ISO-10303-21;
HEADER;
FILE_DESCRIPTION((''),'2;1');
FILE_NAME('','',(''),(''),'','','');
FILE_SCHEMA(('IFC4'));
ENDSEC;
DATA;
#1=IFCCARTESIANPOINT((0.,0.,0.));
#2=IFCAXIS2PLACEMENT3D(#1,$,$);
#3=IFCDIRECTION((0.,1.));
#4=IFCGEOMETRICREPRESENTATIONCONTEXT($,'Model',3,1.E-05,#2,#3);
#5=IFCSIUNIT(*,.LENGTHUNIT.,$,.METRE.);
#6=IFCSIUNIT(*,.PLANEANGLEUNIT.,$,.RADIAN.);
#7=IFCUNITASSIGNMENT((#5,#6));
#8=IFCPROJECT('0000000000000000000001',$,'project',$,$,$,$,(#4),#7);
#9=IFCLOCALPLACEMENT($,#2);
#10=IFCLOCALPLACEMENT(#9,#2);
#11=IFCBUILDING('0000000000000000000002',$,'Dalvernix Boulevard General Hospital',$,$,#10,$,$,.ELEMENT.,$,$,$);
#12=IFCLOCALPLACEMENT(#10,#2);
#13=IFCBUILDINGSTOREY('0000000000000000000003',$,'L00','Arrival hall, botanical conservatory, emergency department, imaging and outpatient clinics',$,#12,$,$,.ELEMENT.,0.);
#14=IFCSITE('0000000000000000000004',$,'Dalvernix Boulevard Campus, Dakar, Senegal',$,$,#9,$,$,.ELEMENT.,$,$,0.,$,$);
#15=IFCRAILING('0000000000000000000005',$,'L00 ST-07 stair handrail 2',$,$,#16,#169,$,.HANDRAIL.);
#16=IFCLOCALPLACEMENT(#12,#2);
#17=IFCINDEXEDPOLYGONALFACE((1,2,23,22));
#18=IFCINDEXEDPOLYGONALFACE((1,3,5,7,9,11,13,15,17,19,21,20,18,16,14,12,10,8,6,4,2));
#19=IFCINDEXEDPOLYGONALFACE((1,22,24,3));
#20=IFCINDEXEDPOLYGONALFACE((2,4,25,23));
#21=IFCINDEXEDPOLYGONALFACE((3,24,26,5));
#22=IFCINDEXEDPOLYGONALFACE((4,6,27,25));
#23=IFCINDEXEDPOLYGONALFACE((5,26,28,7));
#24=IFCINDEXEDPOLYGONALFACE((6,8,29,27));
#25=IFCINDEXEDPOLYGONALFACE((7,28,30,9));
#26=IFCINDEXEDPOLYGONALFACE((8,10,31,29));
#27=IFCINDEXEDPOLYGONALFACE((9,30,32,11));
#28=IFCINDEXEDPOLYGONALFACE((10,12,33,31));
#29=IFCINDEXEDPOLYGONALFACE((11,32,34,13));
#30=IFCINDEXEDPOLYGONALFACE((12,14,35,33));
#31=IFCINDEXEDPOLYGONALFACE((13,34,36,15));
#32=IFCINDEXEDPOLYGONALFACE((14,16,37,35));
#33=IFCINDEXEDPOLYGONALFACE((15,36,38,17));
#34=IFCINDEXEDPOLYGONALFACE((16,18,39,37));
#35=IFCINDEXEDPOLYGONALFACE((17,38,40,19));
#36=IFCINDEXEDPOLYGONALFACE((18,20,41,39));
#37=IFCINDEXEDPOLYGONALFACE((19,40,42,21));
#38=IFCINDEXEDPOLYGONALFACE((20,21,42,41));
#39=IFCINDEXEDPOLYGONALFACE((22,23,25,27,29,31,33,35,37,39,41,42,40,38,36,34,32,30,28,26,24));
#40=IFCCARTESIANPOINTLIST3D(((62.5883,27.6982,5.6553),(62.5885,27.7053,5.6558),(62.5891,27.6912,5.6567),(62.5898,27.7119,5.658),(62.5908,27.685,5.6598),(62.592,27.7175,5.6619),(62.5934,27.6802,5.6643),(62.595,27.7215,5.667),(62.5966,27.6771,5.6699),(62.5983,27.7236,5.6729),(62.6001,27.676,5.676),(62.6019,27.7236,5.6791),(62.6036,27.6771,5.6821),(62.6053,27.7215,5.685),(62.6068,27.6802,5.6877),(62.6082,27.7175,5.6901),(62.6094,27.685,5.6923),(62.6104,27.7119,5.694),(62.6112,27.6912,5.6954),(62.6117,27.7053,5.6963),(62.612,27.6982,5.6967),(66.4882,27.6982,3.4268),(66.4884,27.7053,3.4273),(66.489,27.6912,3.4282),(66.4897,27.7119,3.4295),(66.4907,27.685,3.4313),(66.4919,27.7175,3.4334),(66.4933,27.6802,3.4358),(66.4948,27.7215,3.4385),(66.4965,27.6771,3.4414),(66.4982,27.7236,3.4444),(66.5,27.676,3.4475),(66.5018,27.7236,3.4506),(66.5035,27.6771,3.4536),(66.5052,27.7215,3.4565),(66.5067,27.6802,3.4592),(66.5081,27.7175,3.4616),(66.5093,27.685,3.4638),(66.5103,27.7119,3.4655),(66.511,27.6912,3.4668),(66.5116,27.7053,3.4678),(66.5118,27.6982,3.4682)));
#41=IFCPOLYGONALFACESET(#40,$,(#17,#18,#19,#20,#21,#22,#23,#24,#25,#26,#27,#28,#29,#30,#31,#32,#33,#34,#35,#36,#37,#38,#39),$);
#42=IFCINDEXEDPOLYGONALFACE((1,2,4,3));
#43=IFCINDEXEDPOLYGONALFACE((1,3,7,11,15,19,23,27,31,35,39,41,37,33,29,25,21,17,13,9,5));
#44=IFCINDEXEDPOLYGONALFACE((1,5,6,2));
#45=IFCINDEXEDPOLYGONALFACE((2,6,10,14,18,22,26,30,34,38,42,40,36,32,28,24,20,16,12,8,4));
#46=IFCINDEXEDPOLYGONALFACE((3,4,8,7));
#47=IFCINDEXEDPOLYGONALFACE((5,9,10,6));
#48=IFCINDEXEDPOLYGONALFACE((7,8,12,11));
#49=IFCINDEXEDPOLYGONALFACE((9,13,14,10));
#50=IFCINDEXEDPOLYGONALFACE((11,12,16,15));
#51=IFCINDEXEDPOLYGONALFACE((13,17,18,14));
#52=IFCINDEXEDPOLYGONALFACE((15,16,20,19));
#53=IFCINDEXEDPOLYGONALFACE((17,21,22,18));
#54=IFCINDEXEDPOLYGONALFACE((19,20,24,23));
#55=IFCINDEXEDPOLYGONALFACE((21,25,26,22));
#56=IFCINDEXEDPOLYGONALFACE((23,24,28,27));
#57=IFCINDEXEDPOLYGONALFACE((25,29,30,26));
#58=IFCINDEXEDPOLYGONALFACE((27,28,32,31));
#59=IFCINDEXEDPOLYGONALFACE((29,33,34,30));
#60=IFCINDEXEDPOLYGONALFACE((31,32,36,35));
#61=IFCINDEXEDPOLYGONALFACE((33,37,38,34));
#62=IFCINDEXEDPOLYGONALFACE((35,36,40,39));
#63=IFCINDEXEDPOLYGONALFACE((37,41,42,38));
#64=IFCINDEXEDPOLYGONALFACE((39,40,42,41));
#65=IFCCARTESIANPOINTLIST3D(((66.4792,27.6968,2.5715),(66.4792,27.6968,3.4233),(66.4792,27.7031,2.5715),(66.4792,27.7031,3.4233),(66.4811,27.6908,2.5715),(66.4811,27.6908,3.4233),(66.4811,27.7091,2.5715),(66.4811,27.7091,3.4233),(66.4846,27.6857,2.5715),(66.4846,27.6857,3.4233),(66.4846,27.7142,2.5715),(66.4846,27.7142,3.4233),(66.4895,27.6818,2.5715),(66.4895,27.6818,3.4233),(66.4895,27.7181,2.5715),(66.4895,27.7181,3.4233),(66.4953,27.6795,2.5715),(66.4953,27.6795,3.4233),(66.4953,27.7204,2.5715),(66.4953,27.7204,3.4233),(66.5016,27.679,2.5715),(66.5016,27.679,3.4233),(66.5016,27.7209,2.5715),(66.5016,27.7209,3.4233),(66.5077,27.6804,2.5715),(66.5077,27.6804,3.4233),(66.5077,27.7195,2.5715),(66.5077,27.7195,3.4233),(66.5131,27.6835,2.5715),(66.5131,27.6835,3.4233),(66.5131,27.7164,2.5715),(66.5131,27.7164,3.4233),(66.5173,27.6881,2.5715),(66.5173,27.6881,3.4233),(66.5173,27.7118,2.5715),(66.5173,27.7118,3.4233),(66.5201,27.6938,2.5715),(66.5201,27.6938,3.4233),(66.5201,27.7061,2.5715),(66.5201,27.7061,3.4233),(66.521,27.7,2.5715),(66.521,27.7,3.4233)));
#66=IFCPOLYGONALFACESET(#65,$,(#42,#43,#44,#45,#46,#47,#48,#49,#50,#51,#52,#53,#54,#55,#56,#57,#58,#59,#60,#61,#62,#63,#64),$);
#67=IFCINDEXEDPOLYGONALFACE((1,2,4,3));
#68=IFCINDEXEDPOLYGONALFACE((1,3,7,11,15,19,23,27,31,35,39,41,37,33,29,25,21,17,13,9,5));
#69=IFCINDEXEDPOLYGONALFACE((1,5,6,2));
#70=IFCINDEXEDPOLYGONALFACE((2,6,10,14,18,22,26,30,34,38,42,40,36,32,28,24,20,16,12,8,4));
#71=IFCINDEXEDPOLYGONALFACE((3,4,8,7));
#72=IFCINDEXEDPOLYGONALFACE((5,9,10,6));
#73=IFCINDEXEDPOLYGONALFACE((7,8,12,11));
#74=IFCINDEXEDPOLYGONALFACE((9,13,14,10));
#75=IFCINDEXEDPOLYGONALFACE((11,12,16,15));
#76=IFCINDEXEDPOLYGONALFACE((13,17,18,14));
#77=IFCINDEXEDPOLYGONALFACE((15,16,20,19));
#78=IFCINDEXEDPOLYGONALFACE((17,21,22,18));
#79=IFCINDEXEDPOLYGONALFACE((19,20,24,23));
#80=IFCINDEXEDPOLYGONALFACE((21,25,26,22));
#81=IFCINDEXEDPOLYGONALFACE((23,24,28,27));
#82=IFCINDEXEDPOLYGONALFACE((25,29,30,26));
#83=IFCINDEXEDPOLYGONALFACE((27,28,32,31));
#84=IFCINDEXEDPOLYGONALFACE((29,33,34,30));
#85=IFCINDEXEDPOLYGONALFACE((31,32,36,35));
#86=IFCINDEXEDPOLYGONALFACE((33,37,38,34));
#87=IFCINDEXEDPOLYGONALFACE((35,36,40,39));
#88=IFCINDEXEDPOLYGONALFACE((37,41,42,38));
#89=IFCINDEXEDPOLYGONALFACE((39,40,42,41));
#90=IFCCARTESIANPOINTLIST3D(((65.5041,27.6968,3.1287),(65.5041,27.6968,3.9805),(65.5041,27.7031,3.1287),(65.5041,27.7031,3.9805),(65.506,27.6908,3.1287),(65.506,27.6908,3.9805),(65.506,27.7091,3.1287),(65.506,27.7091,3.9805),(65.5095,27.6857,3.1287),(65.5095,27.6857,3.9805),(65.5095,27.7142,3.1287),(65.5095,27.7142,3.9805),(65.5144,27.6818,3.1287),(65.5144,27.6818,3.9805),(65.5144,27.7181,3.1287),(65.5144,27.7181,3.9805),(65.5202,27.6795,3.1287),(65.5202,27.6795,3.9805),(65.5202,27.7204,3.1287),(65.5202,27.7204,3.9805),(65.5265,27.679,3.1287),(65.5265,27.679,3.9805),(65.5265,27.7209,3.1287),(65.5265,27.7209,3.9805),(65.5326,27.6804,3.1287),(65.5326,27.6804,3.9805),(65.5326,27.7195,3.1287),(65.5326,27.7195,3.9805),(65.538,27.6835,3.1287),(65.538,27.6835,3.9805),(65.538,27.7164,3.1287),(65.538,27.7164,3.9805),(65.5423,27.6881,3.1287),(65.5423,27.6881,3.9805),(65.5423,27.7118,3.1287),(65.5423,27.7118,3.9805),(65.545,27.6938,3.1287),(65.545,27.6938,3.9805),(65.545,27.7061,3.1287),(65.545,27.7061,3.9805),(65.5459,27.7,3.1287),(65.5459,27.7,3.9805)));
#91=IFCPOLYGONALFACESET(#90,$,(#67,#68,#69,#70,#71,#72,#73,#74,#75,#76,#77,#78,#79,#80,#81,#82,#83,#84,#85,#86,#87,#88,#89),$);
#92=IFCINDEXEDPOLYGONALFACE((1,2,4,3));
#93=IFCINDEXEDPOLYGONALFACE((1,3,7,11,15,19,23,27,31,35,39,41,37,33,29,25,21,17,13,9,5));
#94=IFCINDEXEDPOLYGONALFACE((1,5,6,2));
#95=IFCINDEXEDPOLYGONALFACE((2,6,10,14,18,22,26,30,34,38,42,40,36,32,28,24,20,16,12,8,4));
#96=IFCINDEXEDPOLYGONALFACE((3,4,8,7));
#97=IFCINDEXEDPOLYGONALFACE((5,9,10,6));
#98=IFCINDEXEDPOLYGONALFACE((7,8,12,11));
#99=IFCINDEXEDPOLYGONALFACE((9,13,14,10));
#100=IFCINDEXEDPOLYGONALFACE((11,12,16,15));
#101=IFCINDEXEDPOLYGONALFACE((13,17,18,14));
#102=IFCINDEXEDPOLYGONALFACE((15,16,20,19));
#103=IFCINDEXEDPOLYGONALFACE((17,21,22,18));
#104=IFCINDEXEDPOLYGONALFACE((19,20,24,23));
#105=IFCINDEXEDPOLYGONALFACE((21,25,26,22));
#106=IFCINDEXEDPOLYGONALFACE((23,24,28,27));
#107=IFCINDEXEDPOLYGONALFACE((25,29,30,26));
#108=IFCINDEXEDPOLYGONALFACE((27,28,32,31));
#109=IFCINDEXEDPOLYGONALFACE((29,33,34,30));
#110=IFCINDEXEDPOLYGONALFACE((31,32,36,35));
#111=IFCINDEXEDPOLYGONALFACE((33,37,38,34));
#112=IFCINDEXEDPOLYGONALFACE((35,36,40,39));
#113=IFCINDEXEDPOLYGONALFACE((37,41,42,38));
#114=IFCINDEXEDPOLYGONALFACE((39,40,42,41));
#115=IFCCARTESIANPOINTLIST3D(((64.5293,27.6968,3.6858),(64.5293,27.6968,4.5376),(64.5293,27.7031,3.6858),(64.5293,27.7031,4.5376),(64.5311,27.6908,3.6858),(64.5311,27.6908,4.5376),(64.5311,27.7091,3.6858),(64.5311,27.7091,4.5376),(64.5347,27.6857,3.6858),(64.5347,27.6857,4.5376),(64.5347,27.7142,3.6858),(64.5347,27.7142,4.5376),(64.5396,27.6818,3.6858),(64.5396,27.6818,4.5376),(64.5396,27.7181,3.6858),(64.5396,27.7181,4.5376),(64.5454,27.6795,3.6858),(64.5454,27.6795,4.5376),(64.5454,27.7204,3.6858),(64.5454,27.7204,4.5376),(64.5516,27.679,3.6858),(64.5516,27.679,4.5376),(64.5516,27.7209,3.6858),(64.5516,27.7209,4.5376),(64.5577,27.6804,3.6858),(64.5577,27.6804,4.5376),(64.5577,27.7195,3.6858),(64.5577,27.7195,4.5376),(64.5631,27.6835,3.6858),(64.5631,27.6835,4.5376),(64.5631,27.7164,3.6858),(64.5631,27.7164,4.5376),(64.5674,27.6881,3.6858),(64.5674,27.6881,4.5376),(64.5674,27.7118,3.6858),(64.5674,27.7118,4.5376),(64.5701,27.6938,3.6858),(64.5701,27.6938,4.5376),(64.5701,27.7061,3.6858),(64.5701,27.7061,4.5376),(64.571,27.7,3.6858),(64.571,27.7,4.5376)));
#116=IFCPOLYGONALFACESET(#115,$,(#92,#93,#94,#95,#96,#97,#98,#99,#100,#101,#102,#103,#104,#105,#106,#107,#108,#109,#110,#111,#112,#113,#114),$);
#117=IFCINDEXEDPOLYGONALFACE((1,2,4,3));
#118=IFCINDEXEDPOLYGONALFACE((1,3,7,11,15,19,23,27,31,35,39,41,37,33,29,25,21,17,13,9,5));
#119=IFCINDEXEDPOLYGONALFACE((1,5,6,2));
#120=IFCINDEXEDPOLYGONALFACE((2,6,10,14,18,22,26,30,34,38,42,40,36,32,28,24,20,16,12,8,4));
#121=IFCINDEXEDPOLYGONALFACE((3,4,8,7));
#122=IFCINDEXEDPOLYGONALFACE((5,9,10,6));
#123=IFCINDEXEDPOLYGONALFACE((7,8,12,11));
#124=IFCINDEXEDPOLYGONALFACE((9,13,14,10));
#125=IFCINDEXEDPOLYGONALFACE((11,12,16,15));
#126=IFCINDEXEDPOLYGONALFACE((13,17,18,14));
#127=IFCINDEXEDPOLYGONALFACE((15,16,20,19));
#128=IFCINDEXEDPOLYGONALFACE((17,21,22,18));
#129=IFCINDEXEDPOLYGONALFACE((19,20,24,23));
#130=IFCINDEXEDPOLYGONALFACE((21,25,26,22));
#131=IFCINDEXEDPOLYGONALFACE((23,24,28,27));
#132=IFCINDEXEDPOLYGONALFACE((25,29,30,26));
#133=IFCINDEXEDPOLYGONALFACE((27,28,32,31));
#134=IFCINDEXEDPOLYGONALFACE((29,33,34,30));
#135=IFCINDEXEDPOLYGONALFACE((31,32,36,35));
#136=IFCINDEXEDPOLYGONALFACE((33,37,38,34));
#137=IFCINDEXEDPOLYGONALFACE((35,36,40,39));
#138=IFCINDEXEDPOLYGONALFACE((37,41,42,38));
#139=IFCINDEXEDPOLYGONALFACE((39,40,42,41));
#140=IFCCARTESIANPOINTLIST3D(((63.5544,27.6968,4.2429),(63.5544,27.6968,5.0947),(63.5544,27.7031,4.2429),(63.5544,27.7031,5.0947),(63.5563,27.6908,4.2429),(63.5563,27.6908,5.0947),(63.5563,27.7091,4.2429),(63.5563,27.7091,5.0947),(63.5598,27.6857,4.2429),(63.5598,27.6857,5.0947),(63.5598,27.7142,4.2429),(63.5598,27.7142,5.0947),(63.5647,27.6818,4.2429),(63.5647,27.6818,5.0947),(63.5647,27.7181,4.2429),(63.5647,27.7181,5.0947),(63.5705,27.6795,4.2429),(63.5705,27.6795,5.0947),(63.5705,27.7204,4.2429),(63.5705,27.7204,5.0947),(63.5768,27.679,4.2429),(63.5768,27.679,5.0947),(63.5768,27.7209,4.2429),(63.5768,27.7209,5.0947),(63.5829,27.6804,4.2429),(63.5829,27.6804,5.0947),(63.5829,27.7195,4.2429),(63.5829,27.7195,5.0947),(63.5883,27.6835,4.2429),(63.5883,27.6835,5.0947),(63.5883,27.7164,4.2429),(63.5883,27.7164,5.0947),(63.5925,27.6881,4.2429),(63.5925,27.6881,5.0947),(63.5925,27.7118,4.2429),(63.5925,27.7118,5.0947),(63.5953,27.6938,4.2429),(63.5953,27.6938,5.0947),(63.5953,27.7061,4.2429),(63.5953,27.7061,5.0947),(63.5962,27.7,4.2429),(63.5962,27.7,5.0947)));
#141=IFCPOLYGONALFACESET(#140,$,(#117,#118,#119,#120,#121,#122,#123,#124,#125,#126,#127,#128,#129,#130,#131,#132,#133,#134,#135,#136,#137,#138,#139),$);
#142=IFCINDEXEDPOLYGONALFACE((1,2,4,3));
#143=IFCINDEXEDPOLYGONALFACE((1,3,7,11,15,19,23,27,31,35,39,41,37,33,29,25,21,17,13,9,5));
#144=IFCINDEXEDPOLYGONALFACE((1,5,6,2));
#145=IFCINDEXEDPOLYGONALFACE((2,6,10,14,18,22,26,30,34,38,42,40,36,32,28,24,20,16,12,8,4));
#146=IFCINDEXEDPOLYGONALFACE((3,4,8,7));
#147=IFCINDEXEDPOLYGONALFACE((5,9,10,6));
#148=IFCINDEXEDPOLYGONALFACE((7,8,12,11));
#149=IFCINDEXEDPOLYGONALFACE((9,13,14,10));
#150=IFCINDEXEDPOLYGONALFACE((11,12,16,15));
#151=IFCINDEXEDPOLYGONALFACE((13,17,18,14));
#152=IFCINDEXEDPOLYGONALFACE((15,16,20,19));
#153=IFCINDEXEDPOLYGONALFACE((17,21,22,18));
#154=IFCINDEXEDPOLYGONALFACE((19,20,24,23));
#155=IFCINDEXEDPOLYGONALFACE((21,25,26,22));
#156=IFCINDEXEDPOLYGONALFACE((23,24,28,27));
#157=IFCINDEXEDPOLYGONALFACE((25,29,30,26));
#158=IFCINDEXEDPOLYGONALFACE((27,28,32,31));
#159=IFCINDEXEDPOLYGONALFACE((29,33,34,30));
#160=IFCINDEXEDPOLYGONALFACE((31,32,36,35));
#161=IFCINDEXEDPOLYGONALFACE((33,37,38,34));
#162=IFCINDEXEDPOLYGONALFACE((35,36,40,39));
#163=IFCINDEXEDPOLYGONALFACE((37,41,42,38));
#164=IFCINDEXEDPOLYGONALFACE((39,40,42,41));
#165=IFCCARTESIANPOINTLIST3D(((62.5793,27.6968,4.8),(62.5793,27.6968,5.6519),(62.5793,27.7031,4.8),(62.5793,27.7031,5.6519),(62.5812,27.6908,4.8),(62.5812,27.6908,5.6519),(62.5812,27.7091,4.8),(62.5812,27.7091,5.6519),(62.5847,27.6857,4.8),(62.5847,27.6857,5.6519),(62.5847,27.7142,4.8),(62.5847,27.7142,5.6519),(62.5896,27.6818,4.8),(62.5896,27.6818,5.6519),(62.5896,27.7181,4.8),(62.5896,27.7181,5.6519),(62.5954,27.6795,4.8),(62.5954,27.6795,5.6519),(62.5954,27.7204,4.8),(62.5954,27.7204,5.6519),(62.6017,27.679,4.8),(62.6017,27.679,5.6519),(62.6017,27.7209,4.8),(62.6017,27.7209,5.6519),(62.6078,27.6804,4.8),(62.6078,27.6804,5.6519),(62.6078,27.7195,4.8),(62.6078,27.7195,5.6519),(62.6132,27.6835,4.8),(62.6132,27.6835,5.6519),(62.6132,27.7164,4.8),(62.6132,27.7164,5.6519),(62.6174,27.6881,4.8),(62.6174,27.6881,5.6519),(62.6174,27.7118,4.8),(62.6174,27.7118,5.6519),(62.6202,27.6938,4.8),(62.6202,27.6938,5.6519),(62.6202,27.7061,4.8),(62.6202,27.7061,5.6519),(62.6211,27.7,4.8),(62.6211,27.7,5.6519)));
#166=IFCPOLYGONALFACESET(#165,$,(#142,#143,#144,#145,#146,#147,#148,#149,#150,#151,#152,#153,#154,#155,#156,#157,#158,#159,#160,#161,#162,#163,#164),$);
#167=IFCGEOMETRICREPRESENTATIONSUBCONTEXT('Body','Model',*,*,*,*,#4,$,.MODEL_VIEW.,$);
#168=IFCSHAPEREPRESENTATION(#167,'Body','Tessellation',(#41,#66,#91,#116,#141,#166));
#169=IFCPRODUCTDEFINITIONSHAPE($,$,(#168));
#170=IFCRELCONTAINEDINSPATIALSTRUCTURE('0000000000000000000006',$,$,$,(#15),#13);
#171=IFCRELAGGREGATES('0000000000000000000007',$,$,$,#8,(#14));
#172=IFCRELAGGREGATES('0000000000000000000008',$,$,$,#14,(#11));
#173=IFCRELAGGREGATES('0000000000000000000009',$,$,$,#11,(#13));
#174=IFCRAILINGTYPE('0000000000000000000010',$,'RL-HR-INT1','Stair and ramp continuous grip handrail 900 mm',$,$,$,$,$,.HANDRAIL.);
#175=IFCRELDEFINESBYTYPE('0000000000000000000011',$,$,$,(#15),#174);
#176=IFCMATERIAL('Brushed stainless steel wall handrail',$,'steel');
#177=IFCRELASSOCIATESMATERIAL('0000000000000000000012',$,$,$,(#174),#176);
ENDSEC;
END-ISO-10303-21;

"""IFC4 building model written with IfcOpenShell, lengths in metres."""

from ifc_helpers import new_model, si_unit, direction, frame, origin, origin_2d, place, context, subcontext, project, spatial, circle, extrude, material, type_object, element, save


model = new_model("IFC4")

# Units and contexts
model_context = context("Model", 3, precision=1e-05, world=origin(), true_north=direction((0.0, 1.0)))
body_context = subcontext(model_context, "Body", "Model", "MODEL_VIEW")
ifc_project = project(units=[si_unit("LENGTHUNIT", "METRE"), si_unit("PLANEANGLEUNIT", "RADIAN")], contexts=[model_context])

# Site, building, storey
site_placement = place(None, origin())
site = spatial("IfcSite", under=ifc_project, at=site_placement, Name="Dalvernix Boulevard Campus, Dakar, Senegal", CompositionType="ELEMENT", RefElevation=0.0)
building_placement = place(site_placement, origin())
building = spatial("IfcBuilding", under=site, at=building_placement, Name="Dalvernix Boulevard General Hospital", CompositionType="ELEMENT")
storey_placement = place(building_placement, origin())
storey = spatial("IfcBuildingStorey", under=building, at=storey_placement, Name="L00", Description="Arrival hall, botanical conservatory, emergency department, imaging and outpatient clinics", CompositionType="ELEMENT", Elevation=0.0)

# Railing
ifc_material_1 = material(Name="Brushed stainless steel wall handrail", Category="steel")
railing_type_1 = type_object("IfcRailingType", Name="RL-HR-INT1", Description="Stair and ramp continuous grip handrail 900 mm", PredefinedType="HANDRAIL", material=ifc_material_1)
railing_1_placement = place(storey_placement, frame((66.5, 27.7, 2.5715)))
element("IfcRailing", 1, at=railing_1_placement, inside=storey, type_object=railing_type_1, Name="L00 ST-07 stair handrail 2", PredefinedType="HANDRAIL", context=body_context, shape_type="SweptSolid", body=[
    extrude(circle(Radius=0.0239, at=origin_2d()), frame((0.0, 0.0, 0.876), z_axis=(-0.868243, 0.0, 0.496139), x_axis=(0.0, -1.0, 0.0)), (0.0, 0.0, 1.0), 4.4917),
    extrude(circle(Radius=0.021, at=origin_2d()), origin(), (0.0, 0.0, 1.0), 0.8518),
    extrude(circle(Radius=0.021, at=origin_2d()), frame((-0.9751, 0.0, 0.5571)), (0.0, 0.0, 1.0), 0.8518),
    extrude(circle(Radius=0.021, at=origin_2d()), frame((-1.95, 0.0, 1.1143)), (0.0, 0.0, 1.0), 0.8518),
    extrude(circle(Radius=0.021, at=origin_2d()), frame((-2.9248, 0.0, 1.6714)), (0.0, 0.0, 1.0), 0.8518),
    extrude(circle(Radius=0.021, at=origin_2d()), frame((-3.8999, 0.0, 2.2285)), (0.0, 0.0, 1.0), 0.8518),
])

save(model, "model.ifc")
